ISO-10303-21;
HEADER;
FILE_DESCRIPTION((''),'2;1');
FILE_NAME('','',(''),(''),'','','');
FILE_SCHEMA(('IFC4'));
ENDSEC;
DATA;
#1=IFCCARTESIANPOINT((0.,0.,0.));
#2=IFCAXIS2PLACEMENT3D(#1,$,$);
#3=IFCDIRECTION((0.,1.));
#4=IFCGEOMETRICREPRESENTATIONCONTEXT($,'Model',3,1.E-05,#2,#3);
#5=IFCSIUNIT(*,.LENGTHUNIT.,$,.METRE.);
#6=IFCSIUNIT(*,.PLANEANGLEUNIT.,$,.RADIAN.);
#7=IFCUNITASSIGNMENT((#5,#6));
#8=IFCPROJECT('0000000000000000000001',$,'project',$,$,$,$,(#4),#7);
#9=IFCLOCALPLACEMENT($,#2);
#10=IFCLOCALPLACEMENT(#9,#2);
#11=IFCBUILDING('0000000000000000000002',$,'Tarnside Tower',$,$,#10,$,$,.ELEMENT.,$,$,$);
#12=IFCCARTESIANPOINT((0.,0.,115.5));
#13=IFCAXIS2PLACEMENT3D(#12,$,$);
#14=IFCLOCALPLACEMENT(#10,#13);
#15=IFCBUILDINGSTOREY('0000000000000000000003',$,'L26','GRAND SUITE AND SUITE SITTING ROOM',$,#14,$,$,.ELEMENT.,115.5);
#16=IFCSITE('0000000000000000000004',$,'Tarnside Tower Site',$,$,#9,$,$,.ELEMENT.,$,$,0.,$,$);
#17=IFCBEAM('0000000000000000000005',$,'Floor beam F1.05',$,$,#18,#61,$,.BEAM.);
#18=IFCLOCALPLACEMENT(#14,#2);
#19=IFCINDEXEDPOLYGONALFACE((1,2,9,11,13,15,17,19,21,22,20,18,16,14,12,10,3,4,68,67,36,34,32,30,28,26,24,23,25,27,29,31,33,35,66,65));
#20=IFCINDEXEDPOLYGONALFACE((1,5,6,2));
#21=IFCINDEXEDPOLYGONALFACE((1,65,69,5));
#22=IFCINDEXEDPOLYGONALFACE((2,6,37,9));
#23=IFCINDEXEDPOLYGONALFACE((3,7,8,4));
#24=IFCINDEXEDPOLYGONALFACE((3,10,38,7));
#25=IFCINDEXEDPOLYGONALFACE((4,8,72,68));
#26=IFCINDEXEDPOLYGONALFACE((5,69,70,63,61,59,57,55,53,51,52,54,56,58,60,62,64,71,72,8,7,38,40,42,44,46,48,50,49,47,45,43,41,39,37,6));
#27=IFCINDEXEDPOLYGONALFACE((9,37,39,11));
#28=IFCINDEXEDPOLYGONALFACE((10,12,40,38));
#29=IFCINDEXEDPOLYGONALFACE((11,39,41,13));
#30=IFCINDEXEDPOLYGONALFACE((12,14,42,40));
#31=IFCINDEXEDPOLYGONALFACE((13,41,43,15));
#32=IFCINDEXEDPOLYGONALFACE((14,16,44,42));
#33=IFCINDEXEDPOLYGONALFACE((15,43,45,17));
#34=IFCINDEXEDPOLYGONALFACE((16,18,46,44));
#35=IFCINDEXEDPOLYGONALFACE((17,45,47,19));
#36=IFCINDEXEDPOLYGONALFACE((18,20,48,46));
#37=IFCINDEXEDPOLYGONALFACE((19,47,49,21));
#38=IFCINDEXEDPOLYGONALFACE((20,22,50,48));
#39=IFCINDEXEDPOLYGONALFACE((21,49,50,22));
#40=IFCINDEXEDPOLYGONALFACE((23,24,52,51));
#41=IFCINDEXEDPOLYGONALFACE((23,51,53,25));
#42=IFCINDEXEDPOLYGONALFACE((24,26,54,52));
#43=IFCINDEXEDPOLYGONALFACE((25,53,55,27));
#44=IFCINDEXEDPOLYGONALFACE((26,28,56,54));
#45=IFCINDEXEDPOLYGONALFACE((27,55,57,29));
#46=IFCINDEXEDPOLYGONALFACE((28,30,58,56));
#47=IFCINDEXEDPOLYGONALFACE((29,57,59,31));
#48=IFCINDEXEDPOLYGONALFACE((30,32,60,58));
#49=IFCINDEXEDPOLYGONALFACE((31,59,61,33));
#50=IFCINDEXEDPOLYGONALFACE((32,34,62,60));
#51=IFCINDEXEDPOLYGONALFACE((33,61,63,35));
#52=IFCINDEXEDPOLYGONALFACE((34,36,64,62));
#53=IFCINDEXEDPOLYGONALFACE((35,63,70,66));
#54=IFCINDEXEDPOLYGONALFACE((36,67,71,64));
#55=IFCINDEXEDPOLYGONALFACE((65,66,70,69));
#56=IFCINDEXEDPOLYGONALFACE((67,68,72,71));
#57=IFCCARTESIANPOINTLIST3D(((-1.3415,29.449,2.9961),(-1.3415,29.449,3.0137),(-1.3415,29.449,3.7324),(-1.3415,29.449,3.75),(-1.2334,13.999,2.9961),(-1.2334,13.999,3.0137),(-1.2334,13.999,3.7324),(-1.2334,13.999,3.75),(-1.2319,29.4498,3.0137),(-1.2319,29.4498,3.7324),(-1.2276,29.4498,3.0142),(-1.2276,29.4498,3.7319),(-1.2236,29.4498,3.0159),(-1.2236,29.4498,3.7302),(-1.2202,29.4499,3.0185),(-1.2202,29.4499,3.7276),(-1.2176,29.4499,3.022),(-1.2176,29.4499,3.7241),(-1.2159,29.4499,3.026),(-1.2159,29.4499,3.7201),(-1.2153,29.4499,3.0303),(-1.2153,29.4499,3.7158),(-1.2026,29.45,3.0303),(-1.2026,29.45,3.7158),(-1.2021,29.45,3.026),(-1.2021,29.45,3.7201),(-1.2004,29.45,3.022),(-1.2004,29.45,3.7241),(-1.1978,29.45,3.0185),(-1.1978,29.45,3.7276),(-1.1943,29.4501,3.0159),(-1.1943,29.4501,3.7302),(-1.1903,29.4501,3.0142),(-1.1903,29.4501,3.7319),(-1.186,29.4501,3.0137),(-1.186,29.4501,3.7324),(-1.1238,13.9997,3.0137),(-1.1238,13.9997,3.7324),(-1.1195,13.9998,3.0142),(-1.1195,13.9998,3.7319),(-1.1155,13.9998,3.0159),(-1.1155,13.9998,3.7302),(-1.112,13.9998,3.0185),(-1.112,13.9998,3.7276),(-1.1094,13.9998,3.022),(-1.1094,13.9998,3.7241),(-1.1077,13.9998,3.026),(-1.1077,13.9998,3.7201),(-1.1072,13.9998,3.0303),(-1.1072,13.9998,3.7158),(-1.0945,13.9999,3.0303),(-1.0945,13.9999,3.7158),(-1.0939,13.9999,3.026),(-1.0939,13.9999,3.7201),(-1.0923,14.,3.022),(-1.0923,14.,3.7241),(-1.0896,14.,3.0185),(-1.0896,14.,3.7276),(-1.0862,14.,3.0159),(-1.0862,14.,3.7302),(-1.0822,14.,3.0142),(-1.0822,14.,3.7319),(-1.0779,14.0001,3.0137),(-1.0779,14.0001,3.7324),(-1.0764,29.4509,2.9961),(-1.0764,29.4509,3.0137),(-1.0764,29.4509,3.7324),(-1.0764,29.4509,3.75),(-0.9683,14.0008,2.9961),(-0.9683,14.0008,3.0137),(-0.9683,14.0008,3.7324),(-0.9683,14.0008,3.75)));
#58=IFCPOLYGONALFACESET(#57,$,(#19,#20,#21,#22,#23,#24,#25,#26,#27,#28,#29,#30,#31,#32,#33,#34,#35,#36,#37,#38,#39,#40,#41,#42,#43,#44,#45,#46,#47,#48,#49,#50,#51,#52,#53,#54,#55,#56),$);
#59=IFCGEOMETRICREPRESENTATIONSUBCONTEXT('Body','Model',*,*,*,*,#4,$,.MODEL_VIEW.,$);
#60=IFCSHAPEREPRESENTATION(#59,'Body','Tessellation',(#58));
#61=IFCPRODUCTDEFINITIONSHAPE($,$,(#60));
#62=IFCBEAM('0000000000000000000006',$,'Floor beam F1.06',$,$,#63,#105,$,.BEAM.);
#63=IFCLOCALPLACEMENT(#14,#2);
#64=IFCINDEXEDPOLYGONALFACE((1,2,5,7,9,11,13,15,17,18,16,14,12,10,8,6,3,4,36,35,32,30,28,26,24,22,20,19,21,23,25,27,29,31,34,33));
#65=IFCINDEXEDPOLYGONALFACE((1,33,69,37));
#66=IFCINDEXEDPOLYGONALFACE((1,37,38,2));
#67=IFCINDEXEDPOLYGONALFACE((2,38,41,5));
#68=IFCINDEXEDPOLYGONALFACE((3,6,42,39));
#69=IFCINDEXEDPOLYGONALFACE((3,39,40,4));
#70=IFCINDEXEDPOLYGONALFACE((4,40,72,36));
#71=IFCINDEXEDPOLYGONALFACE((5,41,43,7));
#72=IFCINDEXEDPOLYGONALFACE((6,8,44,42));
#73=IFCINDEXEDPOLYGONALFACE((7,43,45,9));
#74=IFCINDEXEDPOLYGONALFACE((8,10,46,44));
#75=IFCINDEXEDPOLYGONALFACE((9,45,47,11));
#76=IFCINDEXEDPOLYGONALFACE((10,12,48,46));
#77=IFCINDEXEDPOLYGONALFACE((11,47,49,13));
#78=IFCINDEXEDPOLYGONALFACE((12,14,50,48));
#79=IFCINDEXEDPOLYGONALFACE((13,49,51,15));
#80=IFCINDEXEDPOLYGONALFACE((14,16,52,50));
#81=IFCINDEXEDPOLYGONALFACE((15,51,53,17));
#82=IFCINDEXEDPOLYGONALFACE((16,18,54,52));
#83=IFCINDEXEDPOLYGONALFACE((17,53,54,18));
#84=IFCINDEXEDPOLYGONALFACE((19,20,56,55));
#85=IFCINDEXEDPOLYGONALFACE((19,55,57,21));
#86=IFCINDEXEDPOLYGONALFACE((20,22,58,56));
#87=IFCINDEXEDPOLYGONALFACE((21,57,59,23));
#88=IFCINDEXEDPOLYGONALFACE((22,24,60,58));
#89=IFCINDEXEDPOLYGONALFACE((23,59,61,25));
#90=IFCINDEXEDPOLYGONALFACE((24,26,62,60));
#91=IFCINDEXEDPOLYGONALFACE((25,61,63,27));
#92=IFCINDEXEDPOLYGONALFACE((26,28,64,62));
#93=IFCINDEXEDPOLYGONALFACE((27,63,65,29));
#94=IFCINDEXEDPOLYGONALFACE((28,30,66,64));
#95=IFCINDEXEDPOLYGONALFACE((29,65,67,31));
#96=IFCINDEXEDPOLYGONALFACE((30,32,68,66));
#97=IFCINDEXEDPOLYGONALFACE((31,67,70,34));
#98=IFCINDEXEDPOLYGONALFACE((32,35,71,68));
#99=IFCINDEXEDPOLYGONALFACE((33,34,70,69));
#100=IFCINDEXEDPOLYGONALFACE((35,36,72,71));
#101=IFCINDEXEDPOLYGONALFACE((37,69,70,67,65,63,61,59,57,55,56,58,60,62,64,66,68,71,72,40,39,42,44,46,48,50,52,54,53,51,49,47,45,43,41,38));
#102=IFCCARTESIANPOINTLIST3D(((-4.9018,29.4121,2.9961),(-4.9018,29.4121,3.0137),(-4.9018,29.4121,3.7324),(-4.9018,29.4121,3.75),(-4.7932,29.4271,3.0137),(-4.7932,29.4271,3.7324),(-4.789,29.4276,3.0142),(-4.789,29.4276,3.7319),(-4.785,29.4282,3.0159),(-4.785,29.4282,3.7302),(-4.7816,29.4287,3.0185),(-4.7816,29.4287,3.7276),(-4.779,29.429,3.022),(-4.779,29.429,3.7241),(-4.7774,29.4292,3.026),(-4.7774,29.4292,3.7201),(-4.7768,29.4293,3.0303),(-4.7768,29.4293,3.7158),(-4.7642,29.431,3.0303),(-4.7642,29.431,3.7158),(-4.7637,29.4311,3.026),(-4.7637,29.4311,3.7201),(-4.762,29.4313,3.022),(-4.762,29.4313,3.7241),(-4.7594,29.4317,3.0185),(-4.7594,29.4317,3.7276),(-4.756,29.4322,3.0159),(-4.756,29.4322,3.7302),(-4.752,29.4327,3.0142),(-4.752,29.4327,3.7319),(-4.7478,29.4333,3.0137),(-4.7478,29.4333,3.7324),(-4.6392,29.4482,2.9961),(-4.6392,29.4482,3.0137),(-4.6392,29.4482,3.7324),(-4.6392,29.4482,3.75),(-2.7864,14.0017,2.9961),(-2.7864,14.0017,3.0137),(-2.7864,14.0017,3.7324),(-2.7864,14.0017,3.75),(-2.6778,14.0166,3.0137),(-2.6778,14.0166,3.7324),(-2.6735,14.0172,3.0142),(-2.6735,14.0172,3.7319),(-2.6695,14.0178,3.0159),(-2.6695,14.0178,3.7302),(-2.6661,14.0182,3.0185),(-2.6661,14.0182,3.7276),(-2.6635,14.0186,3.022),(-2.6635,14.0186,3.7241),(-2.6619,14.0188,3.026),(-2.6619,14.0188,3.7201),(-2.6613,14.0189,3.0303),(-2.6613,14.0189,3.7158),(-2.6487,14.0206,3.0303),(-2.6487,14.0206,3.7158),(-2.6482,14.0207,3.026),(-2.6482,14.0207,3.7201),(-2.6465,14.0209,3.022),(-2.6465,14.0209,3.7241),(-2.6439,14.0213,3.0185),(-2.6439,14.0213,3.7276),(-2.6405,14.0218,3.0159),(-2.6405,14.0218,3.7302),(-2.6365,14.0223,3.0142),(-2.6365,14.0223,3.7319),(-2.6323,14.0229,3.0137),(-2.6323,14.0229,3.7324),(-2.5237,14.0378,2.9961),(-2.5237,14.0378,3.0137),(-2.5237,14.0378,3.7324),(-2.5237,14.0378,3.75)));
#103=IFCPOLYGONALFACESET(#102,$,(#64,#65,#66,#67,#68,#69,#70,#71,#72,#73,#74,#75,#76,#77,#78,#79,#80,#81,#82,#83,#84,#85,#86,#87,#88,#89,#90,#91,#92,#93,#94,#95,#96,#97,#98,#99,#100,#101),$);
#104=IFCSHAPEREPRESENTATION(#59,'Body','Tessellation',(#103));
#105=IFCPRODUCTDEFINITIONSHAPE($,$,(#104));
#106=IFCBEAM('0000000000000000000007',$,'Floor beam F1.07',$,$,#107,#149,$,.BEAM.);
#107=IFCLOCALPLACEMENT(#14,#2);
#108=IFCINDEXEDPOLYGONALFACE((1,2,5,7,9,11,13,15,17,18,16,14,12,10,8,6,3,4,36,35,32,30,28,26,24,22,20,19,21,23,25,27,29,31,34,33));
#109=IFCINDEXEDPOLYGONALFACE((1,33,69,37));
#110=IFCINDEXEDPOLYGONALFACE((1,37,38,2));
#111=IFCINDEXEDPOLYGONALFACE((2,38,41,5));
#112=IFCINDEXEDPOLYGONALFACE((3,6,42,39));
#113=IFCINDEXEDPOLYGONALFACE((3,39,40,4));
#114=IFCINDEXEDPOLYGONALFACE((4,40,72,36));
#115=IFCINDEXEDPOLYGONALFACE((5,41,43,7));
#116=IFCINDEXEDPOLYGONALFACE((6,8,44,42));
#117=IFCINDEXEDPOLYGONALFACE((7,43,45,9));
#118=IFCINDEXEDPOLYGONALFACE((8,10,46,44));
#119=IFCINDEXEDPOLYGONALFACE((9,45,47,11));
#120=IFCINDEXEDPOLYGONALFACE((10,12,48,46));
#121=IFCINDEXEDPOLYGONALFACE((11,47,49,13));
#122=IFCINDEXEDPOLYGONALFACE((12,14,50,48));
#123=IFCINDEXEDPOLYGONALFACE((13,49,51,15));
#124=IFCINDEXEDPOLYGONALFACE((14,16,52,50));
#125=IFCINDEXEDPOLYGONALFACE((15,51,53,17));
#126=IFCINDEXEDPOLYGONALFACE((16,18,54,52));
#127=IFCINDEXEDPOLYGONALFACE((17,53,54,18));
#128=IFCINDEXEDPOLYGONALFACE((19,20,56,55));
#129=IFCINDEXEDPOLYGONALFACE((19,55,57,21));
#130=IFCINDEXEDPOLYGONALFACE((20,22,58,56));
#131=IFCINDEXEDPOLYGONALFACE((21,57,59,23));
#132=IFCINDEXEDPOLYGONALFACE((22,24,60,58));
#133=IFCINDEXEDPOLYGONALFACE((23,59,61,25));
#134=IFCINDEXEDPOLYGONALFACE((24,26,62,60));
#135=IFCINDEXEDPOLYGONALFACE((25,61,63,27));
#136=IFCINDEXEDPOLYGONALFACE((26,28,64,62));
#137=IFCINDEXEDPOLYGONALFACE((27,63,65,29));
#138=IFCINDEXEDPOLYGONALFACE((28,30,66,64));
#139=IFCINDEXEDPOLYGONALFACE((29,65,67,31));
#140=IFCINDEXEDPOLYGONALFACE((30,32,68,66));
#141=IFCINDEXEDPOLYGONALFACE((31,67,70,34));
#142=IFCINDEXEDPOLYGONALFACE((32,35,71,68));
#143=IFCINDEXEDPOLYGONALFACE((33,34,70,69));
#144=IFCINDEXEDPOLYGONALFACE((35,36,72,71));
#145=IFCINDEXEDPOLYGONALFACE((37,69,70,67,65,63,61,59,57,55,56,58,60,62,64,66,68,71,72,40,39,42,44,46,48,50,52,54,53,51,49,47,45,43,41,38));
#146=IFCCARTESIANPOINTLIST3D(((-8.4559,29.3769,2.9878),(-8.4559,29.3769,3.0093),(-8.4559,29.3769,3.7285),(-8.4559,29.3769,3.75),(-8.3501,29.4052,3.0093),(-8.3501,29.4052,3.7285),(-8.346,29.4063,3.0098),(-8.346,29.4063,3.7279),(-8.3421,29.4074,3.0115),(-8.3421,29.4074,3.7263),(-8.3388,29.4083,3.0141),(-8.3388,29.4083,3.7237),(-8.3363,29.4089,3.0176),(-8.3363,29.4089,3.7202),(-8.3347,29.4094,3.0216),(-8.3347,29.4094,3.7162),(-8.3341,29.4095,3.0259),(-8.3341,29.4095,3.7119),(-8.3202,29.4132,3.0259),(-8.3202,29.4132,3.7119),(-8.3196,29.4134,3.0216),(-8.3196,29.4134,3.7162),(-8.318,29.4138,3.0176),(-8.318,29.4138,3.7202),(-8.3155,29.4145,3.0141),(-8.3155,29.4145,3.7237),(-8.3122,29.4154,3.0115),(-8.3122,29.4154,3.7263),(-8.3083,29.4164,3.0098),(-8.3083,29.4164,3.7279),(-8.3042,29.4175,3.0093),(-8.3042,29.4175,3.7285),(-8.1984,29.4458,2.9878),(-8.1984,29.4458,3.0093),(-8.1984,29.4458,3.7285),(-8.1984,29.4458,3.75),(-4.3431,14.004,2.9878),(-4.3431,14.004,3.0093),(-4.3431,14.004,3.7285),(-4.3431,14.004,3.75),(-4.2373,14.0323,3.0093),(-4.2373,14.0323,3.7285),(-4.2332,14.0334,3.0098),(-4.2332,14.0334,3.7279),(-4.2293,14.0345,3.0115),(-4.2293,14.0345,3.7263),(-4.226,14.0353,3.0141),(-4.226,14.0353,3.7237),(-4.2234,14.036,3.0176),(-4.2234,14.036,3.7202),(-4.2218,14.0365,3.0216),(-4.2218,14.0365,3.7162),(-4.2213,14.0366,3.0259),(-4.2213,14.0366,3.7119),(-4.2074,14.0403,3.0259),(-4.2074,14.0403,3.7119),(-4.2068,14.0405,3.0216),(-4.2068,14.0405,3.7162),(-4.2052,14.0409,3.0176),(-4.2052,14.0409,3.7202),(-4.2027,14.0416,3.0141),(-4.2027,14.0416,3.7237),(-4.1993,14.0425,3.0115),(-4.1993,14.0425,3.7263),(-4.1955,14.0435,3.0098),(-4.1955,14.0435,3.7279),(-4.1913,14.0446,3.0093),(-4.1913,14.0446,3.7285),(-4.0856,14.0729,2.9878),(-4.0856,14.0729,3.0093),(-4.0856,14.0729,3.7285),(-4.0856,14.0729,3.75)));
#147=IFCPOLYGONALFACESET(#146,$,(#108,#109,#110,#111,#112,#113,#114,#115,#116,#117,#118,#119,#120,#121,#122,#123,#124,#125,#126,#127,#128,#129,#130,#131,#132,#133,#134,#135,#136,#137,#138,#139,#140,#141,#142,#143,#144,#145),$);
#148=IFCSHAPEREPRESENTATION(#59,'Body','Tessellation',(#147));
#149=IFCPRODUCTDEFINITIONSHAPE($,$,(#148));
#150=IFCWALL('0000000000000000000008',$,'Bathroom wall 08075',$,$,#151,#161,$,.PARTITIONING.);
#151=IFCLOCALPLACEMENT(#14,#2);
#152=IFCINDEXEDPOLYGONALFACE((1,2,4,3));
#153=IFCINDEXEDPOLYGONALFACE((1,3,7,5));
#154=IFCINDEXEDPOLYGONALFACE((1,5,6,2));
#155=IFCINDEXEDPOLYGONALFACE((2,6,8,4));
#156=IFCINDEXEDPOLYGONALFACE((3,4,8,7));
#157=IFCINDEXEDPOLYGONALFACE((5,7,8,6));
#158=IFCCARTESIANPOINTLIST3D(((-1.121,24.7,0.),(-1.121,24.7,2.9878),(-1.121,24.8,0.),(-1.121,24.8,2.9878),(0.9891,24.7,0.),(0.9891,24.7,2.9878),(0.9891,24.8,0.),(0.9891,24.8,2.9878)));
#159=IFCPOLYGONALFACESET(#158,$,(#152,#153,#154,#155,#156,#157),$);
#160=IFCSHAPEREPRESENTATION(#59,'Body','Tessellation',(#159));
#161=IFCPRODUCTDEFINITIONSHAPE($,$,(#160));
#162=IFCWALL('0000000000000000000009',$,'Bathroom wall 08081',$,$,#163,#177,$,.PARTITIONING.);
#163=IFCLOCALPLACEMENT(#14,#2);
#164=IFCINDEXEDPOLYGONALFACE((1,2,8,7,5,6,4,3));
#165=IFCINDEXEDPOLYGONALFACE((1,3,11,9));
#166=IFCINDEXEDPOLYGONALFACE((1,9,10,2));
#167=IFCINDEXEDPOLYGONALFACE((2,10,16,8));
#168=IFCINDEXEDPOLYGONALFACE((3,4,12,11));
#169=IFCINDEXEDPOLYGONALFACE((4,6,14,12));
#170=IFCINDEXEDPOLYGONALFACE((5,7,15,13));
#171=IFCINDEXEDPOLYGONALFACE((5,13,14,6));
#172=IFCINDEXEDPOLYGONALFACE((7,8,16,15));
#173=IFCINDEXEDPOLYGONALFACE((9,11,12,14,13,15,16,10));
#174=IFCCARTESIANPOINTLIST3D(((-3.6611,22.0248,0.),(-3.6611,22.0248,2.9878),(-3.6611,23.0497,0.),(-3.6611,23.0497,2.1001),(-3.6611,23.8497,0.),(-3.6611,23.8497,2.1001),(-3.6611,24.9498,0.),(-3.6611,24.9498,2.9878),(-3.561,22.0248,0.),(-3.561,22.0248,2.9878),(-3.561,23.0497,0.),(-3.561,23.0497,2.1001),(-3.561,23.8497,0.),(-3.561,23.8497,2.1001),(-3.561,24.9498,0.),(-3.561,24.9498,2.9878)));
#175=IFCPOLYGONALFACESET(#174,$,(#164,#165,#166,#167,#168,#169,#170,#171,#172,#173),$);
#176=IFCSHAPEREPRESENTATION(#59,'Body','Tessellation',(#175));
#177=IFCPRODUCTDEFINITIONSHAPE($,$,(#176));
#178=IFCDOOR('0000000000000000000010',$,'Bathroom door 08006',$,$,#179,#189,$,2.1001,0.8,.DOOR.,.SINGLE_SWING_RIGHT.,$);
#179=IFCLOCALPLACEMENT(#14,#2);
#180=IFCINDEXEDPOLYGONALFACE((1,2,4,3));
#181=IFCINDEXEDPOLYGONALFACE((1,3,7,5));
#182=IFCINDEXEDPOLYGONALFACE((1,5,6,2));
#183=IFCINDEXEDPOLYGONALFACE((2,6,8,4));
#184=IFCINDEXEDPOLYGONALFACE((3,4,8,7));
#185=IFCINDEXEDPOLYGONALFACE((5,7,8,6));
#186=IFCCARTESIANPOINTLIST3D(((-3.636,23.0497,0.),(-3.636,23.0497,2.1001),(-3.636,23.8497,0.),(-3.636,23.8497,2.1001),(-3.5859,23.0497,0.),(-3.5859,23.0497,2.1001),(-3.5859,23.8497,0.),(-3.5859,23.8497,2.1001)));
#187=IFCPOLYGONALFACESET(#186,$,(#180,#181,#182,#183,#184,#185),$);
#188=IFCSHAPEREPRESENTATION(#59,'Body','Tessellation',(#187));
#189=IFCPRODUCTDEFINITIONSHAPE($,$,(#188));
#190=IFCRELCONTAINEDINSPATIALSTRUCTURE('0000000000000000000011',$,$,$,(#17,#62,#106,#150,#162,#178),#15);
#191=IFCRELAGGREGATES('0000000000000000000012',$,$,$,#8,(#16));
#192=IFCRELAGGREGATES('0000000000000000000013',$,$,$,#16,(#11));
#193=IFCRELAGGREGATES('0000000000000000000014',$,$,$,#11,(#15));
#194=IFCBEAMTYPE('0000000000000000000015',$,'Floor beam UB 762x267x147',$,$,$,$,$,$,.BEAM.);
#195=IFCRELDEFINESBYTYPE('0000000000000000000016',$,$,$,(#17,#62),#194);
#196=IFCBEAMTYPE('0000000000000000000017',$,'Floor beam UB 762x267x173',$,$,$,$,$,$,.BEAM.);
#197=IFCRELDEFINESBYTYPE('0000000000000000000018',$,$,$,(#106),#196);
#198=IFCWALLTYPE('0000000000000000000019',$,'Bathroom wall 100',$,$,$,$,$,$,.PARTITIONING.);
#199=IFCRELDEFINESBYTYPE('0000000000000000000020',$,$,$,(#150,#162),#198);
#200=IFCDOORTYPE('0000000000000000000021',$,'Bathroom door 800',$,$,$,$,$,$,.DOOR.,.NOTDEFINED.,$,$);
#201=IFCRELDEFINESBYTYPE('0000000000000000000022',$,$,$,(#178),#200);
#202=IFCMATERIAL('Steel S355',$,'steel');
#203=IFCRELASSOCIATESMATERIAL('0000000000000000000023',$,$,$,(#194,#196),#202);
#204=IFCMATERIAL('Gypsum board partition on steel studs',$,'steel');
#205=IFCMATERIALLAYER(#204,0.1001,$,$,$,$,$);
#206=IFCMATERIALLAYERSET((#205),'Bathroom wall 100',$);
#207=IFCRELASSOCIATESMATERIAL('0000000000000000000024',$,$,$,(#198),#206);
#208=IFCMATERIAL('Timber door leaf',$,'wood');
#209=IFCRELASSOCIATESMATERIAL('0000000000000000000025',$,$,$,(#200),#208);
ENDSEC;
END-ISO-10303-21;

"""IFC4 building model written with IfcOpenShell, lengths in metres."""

from ifc_helpers import new_model, si_unit, direction, frame, frame_2d, origin, origin_2d, place, context, subcontext, project, spatial, rectangle, i_section, extrude, material, layer, layer_set, material_profile, profile_set, type_object, element, fill, save


model = new_model("IFC4")

# Units and contexts
model_context = context("Model", 3, precision=1e-05, world=origin(), true_north=direction((0.0, 1.0)))
body_context = subcontext(model_context, "Body", "Model", "MODEL_VIEW")
ifc_project = project(units=[si_unit("LENGTHUNIT", "METRE"), si_unit("PLANEANGLEUNIT", "RADIAN")], contexts=[model_context])

# Site, building, storey
site_placement = place(None, origin())
site = spatial("IfcSite", under=ifc_project, at=site_placement, Name="Tarnside Tower Site", CompositionType="ELEMENT", RefElevation=0.0)
building_placement = place(site_placement, origin())
building = spatial("IfcBuilding", under=site, at=building_placement, Name="Tarnside Tower", CompositionType="ELEMENT")
storey_placement = place(building_placement, frame((0.0, 0.0, 115.5)))
storey = spatial("IfcBuildingStorey", under=building, at=storey_placement, Name="L26", Description="GRAND SUITE AND SUITE SITTING ROOM", CompositionType="ELEMENT", Elevation=115.5)

# Beams
ifc_material_1 = material(Name="Steel S355", Category="steel")
ifc_material_profile_1 = material_profile(ifc_material_1, i_section(OverallWidth=0.2651, OverallDepth=0.7539, WebThickness=0.0127, FlangeThickness=0.0176, FilletRadius=0.0166, at=origin_2d()), Name="UB 762x267x147")
ifc_profile_set_1 = profile_set([ifc_material_profile_1], Name="Steel S355")
beam_type_1 = type_object("IfcBeamType", Name="Floor beam UB 762x267x147", PredefinedType="BEAM", material=ifc_profile_set_1)
beam_1_placement = place(storey_placement, frame((-1.209, 29.45, 3.373), z_axis=(0.007, -0.999975, 0.0), x_axis=(0.999975, 0.007, 0.0)))
element("IfcBeam", 1, at=beam_1_placement, inside=storey, type_object=beam_type_1, Name="Floor beam F1.05", PredefinedType="BEAM", context=body_context, shape_type="SweptSolid", body=[
    extrude(i_section(OverallWidth=0.2651, OverallDepth=0.7539, WebThickness=0.0127, FlangeThickness=0.0176, FilletRadius=0.0166, at=origin_2d()), origin(), (0.0, 0.0, 1.0), 15.4504),
])
beam_2_placement = place(storey_placement, frame((-4.7705, 29.4302, 3.373), z_axis=(0.136001, -0.990709, 0.0), x_axis=(0.990709, 0.136001, 0.0)))
element("IfcBeam", 2, at=beam_2_placement, inside=storey, type_object=beam_type_1, Name="Floor beam F1.06", PredefinedType="BEAM", context=body_context, shape_type="SweptSolid", body=[
    extrude(i_section(OverallWidth=0.2651, OverallDepth=0.7539, WebThickness=0.0127, FlangeThickness=0.0176, FilletRadius=0.0166, at=origin_2d()), origin(), (0.0, 0.0, 1.0), 15.5549),
])
ifc_material_profile_2 = material_profile(ifc_material_1, i_section(OverallWidth=0.2666, OverallDepth=0.7622, WebThickness=0.0144, FlangeThickness=0.0215, FilletRadius=0.0166, at=origin_2d()), Name="UB 762x267x173")
ifc_profile_set_2 = profile_set([ifc_material_profile_2], Name="Steel S355")
beam_type_2 = type_object("IfcBeamType", Name="Floor beam UB 762x267x173", PredefinedType="BEAM", material=ifc_profile_set_2)
beam_3_placement = place(storey_placement, frame((-8.3271, 29.4114, 3.3689), z_axis=(0.258447, -0.966025, 0.0), x_axis=(0.966025, 0.258447, 0.0)))
element("IfcBeam", 3, at=beam_3_placement, inside=storey, type_object=beam_type_2, Name="Floor beam F1.07", PredefinedType="BEAM", context=body_context, shape_type="SweptSolid", body=[
    extrude(i_section(OverallWidth=0.2666, OverallDepth=0.7622, WebThickness=0.0144, FlangeThickness=0.0215, FilletRadius=0.0166, at=origin_2d()), origin(), (0.0, 0.0, 1.0), 15.9136),
])

# Wall
ifc_material_2 = material(Name="Gypsum board partition on steel studs", Category="steel")
ifc_layer_1 = layer(ifc_material_2, 0.1001)
ifc_layer_set_1 = layer_set([ifc_layer_1], Name="Bathroom wall 100")
wall_type_1 = type_object("IfcWallType", Name="Bathroom wall 100", PredefinedType="PARTITIONING", material=ifc_layer_set_1)
wall_1_placement = place(storey_placement, frame((-1.1211, 24.75, 0.0), z_axis=(0.0, 0.0, 1.0), x_axis=(1.0, 0.0, 0.0)))
element("IfcWall", 4, at=wall_1_placement, inside=storey, type_object=wall_type_1, Name="Bathroom wall 08075", PredefinedType="PARTITIONING", context=body_context, shape_type="SweptSolid", body=[
    extrude(rectangle(XDim=2.1101, YDim=0.1001, at=frame_2d((1.0552, 0.0))), origin(), (0.0, 0.0, 1.0), 2.9878),
])

# Wall, opening, door
wall_2_placement = place(storey_placement, frame((-3.6111, 22.0249, 0.0), z_axis=(0.0, 0.0, 1.0), x_axis=(0.0, 1.0, 0.0)))
wall_2 = element("IfcWall", 5, at=wall_2_placement, inside=storey, type_object=wall_type_1, Name="Bathroom wall 08081", PredefinedType="PARTITIONING", context=body_context, shape_type="SweptSolid", body=[
    extrude(rectangle(XDim=2.925, YDim=0.1001, at=frame_2d((1.4624, 0.0))), origin(), (0.0, 0.0, 1.0), 2.9878),
])
opening_1_placement = place(wall_2_placement, frame((1.0249, 0.0, 0.0)))
opening_1 = element("IfcOpeningElement", 6, at=opening_1_placement, cuts=wall_2, PredefinedType="OPENING", context=body_context, shape_type="SweptSolid", body=[
    extrude(rectangle(XDim=0.8, YDim=2.1001, at=frame_2d((0.3999, 1.05))), frame((0.0, 0.0601, 0.0), z_axis=(0.0, -1.0, 0.0), x_axis=(1.0, 0.0, 0.0)), (0.0, 0.0, 1.0), 0.1201),
])
ifc_material_3 = material(Name="Timber door leaf", Category="wood")
door_type_1 = type_object("IfcDoorType", Name="Bathroom door 800", OperationType="NOTDEFINED", PredefinedType="DOOR", material=ifc_material_3)
door_1_placement = place(opening_1_placement, origin())
door_1 = element("IfcDoor", 7, at=door_1_placement, inside=storey, type_object=door_type_1, Name="Bathroom door 08006", OperationType="SINGLE_SWING_RIGHT", OverallHeight=2.1001, OverallWidth=0.8, PredefinedType="DOOR", context=body_context, shape_type="SweptSolid", body=[
    extrude(rectangle(XDim=0.8, YDim=2.1001, at=frame_2d((0.3999, 1.05))), frame((0.0, 0.0249, 0.0), z_axis=(0.0, -1.0, 0.0), x_axis=(1.0, 0.0, 0.0)), (0.0, 0.0, 1.0), 0.05),
])
fill(opening_1, door_1)

save(model, "model.ifc")
